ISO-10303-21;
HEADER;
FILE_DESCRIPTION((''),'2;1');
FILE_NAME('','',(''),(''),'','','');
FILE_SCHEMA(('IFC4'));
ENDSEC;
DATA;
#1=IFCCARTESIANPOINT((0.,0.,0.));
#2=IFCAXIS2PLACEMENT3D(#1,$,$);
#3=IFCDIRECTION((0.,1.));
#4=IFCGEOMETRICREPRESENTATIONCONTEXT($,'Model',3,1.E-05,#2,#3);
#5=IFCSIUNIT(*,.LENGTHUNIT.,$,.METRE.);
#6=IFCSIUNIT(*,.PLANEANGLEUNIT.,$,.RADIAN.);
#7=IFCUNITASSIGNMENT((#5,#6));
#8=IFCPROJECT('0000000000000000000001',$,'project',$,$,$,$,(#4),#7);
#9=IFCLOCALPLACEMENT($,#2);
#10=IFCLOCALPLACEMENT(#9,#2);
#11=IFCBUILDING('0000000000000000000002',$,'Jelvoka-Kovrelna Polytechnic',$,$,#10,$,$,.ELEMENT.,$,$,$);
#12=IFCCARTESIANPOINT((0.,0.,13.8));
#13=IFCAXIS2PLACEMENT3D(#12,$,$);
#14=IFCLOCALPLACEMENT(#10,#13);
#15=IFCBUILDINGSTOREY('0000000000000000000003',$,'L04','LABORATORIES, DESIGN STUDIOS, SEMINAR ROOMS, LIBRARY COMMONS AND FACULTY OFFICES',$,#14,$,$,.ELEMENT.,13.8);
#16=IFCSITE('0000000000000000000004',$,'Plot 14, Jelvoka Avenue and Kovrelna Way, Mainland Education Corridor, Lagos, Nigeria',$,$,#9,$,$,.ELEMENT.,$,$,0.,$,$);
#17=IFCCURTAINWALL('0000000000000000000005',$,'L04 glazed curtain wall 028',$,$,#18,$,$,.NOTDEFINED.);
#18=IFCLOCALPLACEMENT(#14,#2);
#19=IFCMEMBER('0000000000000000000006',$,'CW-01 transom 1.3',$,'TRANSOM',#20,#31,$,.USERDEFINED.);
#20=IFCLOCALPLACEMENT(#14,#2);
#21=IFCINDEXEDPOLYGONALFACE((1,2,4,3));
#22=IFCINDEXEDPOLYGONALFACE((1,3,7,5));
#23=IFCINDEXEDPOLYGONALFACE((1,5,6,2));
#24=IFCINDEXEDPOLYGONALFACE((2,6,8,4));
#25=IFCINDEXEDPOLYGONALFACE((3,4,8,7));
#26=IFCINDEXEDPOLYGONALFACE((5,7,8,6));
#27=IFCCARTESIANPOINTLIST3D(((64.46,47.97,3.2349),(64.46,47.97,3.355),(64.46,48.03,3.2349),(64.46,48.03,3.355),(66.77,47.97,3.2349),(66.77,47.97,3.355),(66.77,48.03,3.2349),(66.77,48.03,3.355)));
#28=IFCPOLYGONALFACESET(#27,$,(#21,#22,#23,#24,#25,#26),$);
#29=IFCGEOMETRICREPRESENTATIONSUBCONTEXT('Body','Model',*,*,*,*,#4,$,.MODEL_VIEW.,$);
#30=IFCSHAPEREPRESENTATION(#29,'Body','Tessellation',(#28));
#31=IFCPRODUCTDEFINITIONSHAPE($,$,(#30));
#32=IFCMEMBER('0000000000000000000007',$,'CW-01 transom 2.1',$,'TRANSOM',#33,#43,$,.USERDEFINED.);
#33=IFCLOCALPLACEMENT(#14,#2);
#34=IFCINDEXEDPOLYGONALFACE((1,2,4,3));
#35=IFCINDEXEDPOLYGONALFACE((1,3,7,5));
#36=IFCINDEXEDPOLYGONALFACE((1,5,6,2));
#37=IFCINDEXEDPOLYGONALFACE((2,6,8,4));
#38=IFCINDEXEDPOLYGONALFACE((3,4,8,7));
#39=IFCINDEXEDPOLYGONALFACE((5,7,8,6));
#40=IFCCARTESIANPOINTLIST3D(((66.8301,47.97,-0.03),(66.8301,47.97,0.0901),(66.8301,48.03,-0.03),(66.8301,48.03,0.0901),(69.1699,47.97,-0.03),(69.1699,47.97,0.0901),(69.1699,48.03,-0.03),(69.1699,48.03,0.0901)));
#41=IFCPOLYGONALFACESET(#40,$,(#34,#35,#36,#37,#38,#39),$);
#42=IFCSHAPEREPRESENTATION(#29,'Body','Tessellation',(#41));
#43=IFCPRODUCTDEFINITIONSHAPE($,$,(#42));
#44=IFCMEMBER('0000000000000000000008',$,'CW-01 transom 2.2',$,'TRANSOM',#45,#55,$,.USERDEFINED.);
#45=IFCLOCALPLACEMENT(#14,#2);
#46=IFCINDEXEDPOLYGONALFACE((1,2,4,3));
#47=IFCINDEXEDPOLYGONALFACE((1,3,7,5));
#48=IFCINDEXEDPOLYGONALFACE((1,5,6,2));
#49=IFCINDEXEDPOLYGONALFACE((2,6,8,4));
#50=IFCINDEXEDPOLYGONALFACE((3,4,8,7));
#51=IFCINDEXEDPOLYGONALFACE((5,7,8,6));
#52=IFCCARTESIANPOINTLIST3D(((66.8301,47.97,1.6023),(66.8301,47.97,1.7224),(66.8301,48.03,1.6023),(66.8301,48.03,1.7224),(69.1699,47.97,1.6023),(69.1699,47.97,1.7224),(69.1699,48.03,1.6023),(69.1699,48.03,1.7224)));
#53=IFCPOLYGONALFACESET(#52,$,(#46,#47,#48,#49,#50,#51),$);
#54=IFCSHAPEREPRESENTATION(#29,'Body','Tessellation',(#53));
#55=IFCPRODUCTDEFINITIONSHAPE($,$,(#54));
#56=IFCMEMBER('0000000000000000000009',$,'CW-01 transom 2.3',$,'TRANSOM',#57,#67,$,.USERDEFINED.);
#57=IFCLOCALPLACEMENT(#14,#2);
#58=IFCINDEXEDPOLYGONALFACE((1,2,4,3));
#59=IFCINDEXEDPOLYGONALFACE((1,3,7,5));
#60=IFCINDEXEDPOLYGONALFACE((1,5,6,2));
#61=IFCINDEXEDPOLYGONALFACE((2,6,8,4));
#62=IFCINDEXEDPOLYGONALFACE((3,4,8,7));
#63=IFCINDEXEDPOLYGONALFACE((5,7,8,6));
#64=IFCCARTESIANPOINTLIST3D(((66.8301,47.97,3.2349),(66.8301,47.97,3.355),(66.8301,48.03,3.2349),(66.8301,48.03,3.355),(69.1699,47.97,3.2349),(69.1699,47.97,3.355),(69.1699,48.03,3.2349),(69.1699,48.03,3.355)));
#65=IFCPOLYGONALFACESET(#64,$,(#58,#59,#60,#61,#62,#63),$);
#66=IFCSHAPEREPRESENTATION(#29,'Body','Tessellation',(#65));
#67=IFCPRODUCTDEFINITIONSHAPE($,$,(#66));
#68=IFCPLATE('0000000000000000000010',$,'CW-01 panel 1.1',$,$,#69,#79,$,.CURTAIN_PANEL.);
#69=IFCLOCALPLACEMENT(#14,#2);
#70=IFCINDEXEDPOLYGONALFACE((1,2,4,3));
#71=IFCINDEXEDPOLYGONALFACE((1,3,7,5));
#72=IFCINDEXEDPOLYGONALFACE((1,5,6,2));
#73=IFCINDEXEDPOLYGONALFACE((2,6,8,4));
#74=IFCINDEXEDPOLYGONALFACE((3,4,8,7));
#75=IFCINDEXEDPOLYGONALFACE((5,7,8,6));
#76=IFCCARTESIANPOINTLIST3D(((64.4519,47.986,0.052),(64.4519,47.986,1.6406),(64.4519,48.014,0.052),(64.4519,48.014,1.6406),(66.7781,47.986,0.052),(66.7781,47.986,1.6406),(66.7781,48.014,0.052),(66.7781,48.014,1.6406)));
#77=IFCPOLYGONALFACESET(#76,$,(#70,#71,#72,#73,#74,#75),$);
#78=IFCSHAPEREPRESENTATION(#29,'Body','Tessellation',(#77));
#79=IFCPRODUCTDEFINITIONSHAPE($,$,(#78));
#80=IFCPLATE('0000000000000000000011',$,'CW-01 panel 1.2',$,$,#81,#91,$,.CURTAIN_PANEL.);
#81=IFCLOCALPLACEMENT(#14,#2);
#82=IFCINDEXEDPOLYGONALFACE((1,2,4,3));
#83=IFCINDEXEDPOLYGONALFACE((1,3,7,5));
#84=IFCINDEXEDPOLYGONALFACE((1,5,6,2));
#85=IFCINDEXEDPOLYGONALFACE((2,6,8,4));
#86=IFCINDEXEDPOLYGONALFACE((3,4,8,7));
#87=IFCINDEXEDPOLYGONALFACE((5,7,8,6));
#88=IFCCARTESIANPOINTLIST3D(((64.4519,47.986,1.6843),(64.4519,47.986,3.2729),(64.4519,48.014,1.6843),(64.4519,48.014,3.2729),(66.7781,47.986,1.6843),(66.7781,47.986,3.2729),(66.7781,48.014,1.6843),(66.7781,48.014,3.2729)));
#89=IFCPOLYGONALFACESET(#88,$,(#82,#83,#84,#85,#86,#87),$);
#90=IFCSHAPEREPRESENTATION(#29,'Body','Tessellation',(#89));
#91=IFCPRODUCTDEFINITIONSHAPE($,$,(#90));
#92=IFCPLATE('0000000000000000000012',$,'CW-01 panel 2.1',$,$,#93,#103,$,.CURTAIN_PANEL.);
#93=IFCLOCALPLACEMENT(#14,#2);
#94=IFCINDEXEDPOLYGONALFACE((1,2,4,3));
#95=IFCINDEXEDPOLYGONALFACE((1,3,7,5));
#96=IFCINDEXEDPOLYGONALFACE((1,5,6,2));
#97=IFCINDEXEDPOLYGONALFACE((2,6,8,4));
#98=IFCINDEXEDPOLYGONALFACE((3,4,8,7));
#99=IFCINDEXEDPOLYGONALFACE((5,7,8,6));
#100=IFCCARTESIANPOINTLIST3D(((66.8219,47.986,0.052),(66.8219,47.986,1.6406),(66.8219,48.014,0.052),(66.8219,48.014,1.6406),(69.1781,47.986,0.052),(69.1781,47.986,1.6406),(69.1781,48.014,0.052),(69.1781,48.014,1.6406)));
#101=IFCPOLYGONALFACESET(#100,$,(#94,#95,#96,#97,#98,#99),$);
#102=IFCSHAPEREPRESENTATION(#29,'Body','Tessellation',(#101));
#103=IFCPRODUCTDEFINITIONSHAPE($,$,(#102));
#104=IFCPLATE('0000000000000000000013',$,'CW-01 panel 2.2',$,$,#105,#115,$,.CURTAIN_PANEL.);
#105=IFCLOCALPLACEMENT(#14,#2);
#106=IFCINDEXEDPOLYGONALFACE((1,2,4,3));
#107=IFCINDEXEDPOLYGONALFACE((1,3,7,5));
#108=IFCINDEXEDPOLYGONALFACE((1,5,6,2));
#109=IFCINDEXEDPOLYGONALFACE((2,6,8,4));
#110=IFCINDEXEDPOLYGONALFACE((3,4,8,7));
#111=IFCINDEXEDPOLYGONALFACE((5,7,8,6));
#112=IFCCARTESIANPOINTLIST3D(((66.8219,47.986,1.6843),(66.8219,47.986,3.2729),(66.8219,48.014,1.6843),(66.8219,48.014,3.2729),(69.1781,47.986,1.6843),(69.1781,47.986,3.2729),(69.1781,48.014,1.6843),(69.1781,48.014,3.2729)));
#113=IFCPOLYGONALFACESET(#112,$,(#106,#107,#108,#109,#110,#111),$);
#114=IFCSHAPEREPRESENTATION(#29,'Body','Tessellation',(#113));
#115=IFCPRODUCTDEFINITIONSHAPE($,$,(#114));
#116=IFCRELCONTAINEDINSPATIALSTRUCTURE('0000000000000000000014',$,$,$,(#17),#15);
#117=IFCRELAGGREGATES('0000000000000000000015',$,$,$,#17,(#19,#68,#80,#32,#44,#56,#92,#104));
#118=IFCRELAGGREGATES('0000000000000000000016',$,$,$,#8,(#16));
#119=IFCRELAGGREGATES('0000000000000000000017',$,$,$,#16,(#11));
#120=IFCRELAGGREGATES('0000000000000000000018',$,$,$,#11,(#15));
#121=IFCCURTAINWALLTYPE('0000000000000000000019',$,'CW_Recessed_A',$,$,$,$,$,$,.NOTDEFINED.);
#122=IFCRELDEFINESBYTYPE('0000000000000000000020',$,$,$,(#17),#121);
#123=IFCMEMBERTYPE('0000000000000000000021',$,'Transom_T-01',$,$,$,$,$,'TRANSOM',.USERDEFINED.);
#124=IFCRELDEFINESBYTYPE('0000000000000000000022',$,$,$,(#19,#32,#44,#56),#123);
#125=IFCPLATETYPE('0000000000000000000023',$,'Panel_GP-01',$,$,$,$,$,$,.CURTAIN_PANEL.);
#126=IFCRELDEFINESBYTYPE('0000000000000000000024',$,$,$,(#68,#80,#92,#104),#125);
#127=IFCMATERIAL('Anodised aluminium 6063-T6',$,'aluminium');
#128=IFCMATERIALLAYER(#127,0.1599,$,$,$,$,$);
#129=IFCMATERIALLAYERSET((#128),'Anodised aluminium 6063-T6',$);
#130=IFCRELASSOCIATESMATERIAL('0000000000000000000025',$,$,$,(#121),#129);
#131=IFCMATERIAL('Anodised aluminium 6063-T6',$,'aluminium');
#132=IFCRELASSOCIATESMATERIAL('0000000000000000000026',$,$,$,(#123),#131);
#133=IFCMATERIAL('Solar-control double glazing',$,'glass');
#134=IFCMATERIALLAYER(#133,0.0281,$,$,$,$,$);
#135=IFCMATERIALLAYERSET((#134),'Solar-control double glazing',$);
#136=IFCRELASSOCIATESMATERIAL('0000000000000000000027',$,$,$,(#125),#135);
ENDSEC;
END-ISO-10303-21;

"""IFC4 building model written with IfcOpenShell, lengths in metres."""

from ifc_helpers import new_model, si_unit, direction, frame, origin, origin_2d, place, context, subcontext, project, spatial, rectangle, extrude, material, layer, layer_set, material_profile, profile_set, type_object, element, aggregate, save


model = new_model("IFC4")

# Units and contexts
model_context = context("Model", 3, precision=1e-05, world=origin(), true_north=direction((0.0, 1.0)))
body_context = subcontext(model_context, "Body", "Model", "MODEL_VIEW")
ifc_project = project(units=[si_unit("LENGTHUNIT", "METRE"), si_unit("PLANEANGLEUNIT", "RADIAN")], contexts=[model_context])

# Site, building, storey
site_placement = place(None, origin())
site = spatial("IfcSite", under=ifc_project, at=site_placement, Name="Plot 14, Jelvoka Avenue and Kovrelna Way, Mainland Education Corridor, Lagos, Nigeria", CompositionType="ELEMENT", RefElevation=0.0)
building_placement = place(site_placement, origin())
building = spatial("IfcBuilding", under=site, at=building_placement, Name="Jelvoka-Kovrelna Polytechnic", CompositionType="ELEMENT")
storey_placement = place(building_placement, frame((0.0, 0.0, 13.8)))
storey = spatial("IfcBuildingStorey", under=building, at=storey_placement, Name="L04", Description="LABORATORIES, DESIGN STUDIOS, SEMINAR ROOMS, LIBRARY COMMONS AND FACULTY OFFICES", CompositionType="ELEMENT", Elevation=13.8)

# Curtain wall
ifc_material_1 = material(Name="Anodised aluminium 6063-T6", Category="aluminium")
ifc_layer_1 = layer(ifc_material_1, 0.1599)
ifc_layer_set_1 = layer_set([ifc_layer_1], Name="Anodised aluminium 6063-T6")
curtain_wall_type = type_object("IfcCurtainWallType", Name="CW_Recessed_A", PredefinedType="NOTDEFINED", material=ifc_layer_set_1)
curtain_wall_placement = place(storey_placement, origin())
curtain_wall = element("IfcCurtainWall", 1, at=curtain_wall_placement, inside=storey, type_object=curtain_wall_type, Name="L04 glazed curtain wall 028", PredefinedType="NOTDEFINED")

# Members
ifc_material_2 = material(Name="Anodised aluminium 6063-T6", Category="aluminium")
ifc_material_profile_1 = material_profile(ifc_material_2, rectangle(XDim=0.0601, YDim=0.1201, at=origin_2d()), Name="ALU 60x120")
ifc_profile_set_1 = profile_set([ifc_material_profile_1], Name="Anodised aluminium 6063-T6")
member_type_1 = type_object("IfcMemberType", Name="Transom_T-01", ElementType="TRANSOM", PredefinedType="USERDEFINED", material=ifc_profile_set_1)
member_1_placement = place(storey_placement, frame((64.46, 48.0, 3.2949), z_axis=(1.0, 0.0, 0.0), x_axis=(0.0, 1.0, 0.0)))
member_1 = element("IfcMember", 2, at=member_1_placement, type_object=member_type_1, Name="CW-01 transom 1.3", ObjectType="TRANSOM", PredefinedType="USERDEFINED", context=body_context, shape_type="SweptSolid", body=[
    extrude(rectangle(XDim=0.0601, YDim=0.1201, at=origin_2d()), origin(), (0.0, 0.0, 1.0), 2.3101),
])
member_2_placement = place(storey_placement, frame((66.8301, 48.0, 0.03), z_axis=(1.0, 0.0, 0.0), x_axis=(0.0, 1.0, 0.0)))
member_2 = element("IfcMember", 3, at=member_2_placement, type_object=member_type_1, Name="CW-01 transom 2.1", ObjectType="TRANSOM", PredefinedType="USERDEFINED", context=body_context, shape_type="SweptSolid", body=[
    extrude(rectangle(XDim=0.0601, YDim=0.1201, at=origin_2d()), origin(), (0.0, 0.0, 1.0), 2.3398),
])
member_3_placement = place(storey_placement, frame((66.8301, 48.0, 1.6624), z_axis=(1.0, 0.0, 0.0), x_axis=(0.0, 1.0, 0.0)))
member_3 = element("IfcMember", 4, at=member_3_placement, type_object=member_type_1, Name="CW-01 transom 2.2", ObjectType="TRANSOM", PredefinedType="USERDEFINED", context=body_context, shape_type="SweptSolid", body=[
    extrude(rectangle(XDim=0.0601, YDim=0.1201, at=origin_2d()), origin(), (0.0, 0.0, 1.0), 2.3398),
])
member_4_placement = place(storey_placement, frame((66.8301, 48.0, 3.2949), z_axis=(1.0, 0.0, 0.0), x_axis=(0.0, 1.0, 0.0)))
member_4 = element("IfcMember", 5, at=member_4_placement, type_object=member_type_1, Name="CW-01 transom 2.3", ObjectType="TRANSOM", PredefinedType="USERDEFINED", context=body_context, shape_type="SweptSolid", body=[
    extrude(rectangle(XDim=0.0601, YDim=0.1201, at=origin_2d()), origin(), (0.0, 0.0, 1.0), 2.3398),
])

# Plates
ifc_material_3 = material(Name="Solar-control double glazing", Category="glass")
ifc_layer_2 = layer(ifc_material_3, 0.0281)
ifc_layer_set_2 = layer_set([ifc_layer_2], Name="Solar-control double glazing")
plate_type = type_object("IfcPlateType", Name="Panel_GP-01", PredefinedType="CURTAIN_PANEL", material=ifc_layer_set_2)
plate_1_placement = place(storey_placement, frame((65.615, 48.0, 0.052), z_axis=(0.0, 0.0, 1.0), x_axis=(1.0, 0.0, 0.0)))
plate_1 = element("IfcPlate", 6, at=plate_1_placement, type_object=plate_type, Name="CW-01 panel 1.1", PredefinedType="CURTAIN_PANEL", context=body_context, shape_type="SweptSolid", body=[
    extrude(rectangle(XDim=2.3262, YDim=0.0281, at=origin_2d()), origin(), (0.0, 0.0, 1.0), 1.5886),
])
plate_2_placement = place(storey_placement, frame((65.615, 48.0, 1.6843), z_axis=(0.0, 0.0, 1.0), x_axis=(1.0, 0.0, 0.0)))
plate_2 = element("IfcPlate", 7, at=plate_2_placement, type_object=plate_type, Name="CW-01 panel 1.2", PredefinedType="CURTAIN_PANEL", context=body_context, shape_type="SweptSolid", body=[
    extrude(rectangle(XDim=2.3262, YDim=0.0281, at=origin_2d()), origin(), (0.0, 0.0, 1.0), 1.5886),
])
plate_3_placement = place(storey_placement, frame((68.0, 48.0, 0.052), z_axis=(0.0, 0.0, 1.0), x_axis=(1.0, 0.0, 0.0)))
plate_3 = element("IfcPlate", 8, at=plate_3_placement, type_object=plate_type, Name="CW-01 panel 2.1", PredefinedType="CURTAIN_PANEL", context=body_context, shape_type="SweptSolid", body=[
    extrude(rectangle(XDim=2.3562, YDim=0.0281, at=origin_2d()), origin(), (0.0, 0.0, 1.0), 1.5886),
])
plate_4_placement = place(storey_placement, frame((68.0, 48.0, 1.6843), z_axis=(0.0, 0.0, 1.0), x_axis=(1.0, 0.0, 0.0)))
plate_4 = element("IfcPlate", 9, at=plate_4_placement, type_object=plate_type, Name="CW-01 panel 2.2", PredefinedType="CURTAIN_PANEL", context=body_context, shape_type="SweptSolid", body=[
    extrude(rectangle(XDim=2.3562, YDim=0.0281, at=origin_2d()), origin(), (0.0, 0.0, 1.0), 1.5886),
])
aggregate(curtain_wall, [member_1, plate_1, plate_2, member_2, member_3, member_4, plate_3, plate_4])

save(model, "model.ifc")
